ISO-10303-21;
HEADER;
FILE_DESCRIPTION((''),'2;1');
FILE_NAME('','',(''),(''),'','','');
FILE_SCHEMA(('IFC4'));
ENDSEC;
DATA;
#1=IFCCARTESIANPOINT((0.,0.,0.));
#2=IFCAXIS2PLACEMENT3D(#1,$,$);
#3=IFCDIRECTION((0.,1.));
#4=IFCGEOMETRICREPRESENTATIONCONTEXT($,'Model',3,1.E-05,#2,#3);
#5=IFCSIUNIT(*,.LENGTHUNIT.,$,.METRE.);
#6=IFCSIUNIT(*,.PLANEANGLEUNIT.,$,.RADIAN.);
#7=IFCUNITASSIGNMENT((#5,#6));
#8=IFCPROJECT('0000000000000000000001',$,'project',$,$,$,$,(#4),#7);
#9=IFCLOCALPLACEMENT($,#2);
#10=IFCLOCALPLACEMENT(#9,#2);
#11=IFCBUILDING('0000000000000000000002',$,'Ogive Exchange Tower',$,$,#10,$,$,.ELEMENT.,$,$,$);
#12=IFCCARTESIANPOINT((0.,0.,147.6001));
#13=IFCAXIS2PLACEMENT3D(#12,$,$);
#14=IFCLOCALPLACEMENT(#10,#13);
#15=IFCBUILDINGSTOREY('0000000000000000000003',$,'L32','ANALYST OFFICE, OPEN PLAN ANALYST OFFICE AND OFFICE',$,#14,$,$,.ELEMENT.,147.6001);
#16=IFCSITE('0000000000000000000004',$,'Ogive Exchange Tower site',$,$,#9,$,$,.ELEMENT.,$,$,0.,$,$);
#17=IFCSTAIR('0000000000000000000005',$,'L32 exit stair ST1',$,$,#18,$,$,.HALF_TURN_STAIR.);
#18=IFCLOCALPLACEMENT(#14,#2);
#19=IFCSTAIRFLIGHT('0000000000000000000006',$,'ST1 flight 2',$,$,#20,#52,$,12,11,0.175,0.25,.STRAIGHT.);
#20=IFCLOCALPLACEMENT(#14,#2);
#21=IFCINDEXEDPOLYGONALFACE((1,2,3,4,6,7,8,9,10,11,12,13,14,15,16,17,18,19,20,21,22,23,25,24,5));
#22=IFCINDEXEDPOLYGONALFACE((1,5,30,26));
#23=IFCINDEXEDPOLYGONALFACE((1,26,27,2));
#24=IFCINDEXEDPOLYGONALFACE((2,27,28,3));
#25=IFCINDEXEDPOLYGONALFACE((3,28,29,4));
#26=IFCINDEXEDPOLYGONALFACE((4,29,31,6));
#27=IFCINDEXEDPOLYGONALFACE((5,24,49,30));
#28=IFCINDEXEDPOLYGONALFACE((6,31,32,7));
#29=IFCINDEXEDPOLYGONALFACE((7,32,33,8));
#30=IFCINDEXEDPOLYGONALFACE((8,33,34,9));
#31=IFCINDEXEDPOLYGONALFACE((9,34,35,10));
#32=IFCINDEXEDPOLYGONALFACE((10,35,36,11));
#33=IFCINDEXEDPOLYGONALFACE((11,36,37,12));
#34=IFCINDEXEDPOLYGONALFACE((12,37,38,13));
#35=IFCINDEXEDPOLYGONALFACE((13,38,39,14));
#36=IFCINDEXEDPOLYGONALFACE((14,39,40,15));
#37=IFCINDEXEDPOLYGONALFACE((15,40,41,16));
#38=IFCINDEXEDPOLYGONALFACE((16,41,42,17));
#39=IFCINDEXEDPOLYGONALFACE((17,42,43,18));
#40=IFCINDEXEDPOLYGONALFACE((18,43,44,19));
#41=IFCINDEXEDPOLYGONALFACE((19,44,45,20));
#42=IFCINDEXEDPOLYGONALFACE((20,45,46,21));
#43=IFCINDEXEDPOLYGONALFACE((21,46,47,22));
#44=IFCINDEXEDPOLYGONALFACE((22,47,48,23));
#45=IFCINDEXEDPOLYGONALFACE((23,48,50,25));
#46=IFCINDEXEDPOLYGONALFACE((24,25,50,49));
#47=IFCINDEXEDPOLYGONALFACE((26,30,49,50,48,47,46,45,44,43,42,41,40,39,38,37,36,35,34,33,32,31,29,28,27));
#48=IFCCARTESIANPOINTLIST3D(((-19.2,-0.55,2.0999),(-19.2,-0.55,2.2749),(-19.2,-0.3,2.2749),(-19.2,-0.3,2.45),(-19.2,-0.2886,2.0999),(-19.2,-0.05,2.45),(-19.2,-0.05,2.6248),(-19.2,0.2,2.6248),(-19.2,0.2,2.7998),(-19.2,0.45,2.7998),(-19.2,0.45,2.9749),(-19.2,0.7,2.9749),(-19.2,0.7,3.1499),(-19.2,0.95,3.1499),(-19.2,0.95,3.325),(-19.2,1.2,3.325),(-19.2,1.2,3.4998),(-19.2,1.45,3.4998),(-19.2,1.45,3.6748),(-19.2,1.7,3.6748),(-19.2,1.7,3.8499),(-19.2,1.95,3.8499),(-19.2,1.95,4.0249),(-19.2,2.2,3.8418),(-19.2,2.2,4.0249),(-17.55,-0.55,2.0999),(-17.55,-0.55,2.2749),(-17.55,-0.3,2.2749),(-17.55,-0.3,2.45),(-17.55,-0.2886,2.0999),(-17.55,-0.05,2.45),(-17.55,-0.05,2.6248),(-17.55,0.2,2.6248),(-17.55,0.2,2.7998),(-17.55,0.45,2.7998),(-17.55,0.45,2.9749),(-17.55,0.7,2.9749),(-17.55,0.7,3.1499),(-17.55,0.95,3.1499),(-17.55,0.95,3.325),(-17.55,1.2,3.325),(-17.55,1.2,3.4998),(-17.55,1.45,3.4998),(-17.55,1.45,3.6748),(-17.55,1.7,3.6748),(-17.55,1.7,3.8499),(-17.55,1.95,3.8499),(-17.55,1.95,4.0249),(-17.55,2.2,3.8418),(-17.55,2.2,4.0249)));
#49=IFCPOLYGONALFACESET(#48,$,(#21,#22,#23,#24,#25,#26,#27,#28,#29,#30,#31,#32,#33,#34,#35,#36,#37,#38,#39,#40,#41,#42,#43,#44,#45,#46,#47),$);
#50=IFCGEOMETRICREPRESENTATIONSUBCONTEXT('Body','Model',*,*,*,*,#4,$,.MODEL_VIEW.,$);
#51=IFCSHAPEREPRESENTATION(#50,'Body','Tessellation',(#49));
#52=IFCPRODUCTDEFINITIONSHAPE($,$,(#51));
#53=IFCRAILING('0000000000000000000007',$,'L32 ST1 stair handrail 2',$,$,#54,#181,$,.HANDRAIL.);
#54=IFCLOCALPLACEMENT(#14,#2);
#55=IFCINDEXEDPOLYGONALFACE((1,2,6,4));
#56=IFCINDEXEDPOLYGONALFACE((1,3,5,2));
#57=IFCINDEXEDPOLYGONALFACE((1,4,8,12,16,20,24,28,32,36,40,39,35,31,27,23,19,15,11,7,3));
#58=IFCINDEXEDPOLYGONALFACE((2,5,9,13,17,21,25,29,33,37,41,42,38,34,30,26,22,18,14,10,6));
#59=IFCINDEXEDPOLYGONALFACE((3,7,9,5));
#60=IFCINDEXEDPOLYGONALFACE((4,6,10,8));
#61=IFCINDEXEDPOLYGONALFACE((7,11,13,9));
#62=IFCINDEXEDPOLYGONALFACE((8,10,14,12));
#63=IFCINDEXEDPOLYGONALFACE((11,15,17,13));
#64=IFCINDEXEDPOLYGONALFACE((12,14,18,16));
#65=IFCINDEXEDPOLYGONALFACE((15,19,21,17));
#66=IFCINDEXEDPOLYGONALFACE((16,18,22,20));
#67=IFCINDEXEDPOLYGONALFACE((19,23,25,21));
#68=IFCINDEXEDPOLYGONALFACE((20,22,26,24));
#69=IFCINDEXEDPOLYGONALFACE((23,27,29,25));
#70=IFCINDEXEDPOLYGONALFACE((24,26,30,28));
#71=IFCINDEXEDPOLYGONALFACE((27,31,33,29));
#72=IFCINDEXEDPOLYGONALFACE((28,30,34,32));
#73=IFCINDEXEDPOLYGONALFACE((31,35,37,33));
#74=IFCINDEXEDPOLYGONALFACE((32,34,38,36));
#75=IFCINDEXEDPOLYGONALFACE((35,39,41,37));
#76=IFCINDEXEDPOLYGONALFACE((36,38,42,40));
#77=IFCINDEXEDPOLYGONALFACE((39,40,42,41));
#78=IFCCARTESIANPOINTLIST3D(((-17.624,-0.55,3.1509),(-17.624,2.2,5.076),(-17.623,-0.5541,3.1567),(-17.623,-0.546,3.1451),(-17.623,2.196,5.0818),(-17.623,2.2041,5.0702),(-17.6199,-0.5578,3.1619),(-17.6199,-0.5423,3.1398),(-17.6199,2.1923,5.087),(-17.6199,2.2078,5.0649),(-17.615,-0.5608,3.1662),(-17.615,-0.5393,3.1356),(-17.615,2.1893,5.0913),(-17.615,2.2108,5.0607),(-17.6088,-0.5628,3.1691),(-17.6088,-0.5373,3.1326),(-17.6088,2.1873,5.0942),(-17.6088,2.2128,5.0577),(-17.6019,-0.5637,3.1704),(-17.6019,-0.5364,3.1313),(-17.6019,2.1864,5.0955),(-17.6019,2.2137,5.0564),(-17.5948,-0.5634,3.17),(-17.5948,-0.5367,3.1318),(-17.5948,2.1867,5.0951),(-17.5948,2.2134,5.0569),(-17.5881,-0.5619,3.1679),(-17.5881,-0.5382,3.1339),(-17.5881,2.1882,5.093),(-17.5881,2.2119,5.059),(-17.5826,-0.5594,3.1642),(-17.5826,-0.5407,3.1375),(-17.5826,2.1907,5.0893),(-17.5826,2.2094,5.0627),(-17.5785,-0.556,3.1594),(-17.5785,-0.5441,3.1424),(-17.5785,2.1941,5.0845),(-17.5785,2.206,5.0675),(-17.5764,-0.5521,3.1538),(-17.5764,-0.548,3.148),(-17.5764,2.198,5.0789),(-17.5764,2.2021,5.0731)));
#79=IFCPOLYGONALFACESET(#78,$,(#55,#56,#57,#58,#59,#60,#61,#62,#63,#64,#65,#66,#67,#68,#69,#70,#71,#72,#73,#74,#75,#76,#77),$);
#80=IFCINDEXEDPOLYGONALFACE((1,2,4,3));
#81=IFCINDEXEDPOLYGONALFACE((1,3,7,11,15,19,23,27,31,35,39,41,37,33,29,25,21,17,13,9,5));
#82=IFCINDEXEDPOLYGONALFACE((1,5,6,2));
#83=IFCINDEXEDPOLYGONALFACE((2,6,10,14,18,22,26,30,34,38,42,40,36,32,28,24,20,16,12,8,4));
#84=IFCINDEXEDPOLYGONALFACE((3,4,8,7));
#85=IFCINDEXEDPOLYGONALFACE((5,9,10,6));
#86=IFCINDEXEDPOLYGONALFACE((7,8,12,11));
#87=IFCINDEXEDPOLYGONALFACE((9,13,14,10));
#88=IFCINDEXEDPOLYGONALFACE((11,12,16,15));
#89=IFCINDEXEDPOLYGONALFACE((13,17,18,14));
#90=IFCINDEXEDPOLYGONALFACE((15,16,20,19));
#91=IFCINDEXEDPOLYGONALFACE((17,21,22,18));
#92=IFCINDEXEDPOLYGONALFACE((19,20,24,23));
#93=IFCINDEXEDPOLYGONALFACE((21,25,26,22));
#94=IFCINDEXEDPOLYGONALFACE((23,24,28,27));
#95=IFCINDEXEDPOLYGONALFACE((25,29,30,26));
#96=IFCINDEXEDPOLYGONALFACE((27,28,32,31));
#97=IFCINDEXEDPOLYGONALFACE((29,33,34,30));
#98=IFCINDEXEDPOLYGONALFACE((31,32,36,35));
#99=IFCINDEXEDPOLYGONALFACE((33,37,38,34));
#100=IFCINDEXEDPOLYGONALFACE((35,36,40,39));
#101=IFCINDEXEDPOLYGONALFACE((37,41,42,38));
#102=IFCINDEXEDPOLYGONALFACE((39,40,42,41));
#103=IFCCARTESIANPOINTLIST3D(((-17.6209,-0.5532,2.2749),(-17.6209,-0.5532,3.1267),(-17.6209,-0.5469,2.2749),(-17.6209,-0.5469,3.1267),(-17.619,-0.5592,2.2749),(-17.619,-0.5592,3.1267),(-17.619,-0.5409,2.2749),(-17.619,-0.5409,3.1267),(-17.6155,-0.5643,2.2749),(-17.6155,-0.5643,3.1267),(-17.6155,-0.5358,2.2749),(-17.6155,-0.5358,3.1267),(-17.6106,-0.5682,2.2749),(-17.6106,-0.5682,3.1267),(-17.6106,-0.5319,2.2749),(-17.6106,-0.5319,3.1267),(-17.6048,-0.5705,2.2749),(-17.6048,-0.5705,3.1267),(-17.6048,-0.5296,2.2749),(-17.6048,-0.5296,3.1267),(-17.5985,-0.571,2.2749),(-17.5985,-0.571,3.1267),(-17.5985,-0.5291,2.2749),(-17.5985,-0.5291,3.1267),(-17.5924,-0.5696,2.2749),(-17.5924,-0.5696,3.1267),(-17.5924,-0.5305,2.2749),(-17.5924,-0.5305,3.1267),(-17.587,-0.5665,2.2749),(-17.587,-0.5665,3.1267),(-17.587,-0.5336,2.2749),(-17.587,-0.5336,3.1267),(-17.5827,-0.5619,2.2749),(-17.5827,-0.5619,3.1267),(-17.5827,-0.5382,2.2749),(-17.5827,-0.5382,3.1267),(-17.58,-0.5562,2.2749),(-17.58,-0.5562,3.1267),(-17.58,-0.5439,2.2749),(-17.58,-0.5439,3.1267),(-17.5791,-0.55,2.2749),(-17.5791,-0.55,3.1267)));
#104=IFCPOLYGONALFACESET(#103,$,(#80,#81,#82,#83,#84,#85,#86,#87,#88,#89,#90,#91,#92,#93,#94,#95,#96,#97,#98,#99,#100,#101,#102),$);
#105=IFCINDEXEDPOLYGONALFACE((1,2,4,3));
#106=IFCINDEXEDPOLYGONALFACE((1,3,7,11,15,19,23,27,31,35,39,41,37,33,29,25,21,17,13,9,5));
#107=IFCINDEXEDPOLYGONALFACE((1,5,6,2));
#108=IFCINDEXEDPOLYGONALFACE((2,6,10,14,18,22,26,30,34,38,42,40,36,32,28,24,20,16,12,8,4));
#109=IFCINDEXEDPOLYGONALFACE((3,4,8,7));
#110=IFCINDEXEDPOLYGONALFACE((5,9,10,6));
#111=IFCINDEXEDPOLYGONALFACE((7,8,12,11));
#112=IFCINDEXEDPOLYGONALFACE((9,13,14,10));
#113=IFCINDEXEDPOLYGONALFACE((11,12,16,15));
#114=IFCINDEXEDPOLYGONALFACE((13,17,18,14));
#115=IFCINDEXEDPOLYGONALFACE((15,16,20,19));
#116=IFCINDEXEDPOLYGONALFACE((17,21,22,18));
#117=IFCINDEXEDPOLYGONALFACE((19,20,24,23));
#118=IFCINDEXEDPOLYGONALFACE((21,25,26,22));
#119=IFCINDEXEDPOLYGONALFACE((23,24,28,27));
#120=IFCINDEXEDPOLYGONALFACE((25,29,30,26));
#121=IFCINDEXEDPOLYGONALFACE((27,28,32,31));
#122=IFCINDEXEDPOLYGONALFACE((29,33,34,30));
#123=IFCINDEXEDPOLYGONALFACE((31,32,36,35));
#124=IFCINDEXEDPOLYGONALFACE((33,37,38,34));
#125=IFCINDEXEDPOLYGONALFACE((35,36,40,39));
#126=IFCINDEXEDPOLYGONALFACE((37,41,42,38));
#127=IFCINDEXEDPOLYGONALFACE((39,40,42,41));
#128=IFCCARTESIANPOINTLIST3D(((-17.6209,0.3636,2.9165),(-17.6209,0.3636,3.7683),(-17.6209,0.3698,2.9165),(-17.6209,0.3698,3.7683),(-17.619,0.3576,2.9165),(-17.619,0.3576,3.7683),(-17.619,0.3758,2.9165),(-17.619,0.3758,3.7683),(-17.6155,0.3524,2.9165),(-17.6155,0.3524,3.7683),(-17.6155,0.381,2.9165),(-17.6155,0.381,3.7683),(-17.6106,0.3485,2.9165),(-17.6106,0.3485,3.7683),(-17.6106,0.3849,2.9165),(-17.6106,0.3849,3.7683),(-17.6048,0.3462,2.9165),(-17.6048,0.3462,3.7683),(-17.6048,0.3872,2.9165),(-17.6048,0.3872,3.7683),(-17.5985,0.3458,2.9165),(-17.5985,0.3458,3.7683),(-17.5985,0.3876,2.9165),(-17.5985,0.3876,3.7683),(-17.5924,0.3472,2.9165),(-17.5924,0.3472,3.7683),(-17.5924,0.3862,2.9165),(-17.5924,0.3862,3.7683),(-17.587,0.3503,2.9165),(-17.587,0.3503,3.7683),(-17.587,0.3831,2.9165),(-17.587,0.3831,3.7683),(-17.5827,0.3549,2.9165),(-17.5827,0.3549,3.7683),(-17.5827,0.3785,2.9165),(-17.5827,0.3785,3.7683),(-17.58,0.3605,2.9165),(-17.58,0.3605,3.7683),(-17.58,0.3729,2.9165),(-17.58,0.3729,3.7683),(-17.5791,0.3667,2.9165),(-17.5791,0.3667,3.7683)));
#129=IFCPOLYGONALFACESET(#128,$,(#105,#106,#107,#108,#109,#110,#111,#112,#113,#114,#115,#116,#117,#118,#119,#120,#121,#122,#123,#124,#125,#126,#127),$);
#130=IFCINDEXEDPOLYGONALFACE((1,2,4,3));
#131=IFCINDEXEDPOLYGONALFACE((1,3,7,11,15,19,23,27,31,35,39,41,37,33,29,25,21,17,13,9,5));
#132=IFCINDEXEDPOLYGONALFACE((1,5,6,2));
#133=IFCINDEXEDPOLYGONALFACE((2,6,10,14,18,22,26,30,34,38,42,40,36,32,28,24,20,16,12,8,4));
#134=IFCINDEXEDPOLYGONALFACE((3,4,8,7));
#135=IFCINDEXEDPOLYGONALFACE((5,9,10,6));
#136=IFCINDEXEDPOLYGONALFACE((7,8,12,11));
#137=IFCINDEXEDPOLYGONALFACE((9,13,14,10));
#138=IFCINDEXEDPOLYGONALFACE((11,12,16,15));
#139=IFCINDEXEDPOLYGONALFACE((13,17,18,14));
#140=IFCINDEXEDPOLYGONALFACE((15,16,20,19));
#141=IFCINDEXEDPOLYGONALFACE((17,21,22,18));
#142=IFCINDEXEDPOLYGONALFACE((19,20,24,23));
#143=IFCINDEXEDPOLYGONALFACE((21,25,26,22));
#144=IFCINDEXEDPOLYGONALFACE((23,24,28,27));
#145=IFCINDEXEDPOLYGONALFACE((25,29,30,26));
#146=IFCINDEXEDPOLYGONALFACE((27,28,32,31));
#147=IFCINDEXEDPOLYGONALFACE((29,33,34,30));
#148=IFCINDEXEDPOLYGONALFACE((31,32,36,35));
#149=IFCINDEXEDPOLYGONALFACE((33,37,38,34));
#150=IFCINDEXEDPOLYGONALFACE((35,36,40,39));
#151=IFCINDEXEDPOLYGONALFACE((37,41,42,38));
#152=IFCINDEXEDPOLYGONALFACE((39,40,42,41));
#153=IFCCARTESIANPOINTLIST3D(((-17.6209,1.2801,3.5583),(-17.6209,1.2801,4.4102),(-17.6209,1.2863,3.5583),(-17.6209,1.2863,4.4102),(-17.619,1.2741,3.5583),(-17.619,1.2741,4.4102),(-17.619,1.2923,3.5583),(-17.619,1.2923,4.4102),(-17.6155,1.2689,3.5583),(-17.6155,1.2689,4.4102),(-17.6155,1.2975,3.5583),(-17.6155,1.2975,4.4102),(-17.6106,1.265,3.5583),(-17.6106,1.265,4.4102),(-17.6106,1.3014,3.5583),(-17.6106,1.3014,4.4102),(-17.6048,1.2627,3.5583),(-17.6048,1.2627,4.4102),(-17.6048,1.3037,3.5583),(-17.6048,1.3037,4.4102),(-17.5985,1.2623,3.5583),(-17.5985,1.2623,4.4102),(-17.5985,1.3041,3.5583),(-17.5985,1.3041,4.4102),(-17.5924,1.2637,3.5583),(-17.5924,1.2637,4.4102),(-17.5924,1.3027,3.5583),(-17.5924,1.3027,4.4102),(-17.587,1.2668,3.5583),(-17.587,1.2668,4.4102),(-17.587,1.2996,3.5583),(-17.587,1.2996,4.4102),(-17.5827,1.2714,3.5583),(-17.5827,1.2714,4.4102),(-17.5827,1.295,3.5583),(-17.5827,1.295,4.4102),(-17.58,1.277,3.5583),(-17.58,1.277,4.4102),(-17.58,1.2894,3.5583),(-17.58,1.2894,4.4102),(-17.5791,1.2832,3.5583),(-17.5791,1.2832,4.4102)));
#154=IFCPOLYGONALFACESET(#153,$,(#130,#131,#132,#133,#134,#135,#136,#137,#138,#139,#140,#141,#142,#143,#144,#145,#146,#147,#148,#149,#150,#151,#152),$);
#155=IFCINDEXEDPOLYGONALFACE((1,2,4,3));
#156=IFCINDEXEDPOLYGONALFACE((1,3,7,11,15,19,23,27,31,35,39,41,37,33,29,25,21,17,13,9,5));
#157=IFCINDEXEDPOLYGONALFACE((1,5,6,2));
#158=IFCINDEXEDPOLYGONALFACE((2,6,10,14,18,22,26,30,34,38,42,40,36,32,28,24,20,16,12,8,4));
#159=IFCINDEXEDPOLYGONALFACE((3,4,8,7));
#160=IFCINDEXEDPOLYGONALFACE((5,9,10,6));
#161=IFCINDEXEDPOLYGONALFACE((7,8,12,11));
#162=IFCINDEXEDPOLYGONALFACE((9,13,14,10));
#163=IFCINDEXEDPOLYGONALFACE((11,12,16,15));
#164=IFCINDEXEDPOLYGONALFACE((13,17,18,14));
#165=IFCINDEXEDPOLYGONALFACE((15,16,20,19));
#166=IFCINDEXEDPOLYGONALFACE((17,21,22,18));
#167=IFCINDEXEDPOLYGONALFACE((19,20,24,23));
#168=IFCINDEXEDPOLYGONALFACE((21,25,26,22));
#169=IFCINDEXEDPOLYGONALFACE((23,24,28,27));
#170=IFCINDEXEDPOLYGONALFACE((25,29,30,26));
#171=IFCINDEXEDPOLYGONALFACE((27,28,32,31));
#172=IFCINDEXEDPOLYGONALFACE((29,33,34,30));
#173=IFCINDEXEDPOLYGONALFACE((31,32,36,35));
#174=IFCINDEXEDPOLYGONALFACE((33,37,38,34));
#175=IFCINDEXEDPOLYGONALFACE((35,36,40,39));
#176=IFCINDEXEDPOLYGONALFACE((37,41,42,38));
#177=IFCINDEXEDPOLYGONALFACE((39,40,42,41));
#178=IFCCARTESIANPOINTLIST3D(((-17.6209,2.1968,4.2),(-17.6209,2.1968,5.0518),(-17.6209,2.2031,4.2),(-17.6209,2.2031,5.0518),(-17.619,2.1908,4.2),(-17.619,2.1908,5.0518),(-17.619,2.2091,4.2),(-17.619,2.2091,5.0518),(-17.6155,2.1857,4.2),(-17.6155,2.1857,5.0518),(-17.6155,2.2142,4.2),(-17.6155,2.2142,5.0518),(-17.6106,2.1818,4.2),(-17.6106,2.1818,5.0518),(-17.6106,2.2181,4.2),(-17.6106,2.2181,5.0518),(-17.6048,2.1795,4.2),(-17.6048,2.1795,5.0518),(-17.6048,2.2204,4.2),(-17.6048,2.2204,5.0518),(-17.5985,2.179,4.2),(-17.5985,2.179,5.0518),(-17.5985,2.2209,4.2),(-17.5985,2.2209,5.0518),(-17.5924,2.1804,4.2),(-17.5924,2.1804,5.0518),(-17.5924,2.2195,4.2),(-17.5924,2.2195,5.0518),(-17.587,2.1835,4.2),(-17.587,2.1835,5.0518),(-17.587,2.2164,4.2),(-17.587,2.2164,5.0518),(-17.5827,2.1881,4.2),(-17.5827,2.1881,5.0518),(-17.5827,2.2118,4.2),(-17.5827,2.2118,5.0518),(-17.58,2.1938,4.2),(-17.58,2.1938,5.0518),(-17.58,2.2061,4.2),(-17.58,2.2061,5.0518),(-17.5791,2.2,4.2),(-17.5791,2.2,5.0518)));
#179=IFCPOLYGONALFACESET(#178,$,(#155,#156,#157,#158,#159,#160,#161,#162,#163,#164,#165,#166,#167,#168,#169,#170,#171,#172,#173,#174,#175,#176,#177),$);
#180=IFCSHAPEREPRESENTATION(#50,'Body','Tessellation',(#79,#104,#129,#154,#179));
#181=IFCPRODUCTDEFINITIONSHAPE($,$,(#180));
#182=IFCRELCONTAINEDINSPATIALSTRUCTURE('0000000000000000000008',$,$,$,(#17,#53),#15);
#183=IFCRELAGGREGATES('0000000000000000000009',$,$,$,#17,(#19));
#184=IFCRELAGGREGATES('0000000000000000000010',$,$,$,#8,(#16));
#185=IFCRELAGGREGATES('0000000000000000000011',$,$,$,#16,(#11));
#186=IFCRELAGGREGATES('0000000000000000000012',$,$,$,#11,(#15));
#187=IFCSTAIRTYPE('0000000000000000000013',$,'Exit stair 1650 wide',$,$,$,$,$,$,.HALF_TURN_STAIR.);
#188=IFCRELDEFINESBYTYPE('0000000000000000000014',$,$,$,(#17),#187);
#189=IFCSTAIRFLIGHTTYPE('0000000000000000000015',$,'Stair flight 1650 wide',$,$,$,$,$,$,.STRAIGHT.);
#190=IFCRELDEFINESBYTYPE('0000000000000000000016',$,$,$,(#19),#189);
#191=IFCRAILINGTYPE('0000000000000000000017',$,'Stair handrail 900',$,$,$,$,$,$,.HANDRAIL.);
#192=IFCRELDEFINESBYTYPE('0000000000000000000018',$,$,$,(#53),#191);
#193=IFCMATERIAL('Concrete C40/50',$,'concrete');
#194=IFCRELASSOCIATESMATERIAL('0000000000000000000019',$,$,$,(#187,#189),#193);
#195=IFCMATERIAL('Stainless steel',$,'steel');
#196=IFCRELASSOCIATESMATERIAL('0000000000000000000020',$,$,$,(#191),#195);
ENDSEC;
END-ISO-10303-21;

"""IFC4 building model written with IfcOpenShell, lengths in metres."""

from ifc_helpers import new_model, si_unit, direction, frame, origin, origin_2d, place, context, subcontext, project, spatial, polyline, circle, outline, extrude, material, type_object, element, aggregate, save


model = new_model("IFC4")

# Units and contexts
model_context = context("Model", 3, precision=1e-05, world=origin(), true_north=direction((0.0, 1.0)))
body_context = subcontext(model_context, "Body", "Model", "MODEL_VIEW")
ifc_project = project(units=[si_unit("LENGTHUNIT", "METRE"), si_unit("PLANEANGLEUNIT", "RADIAN")], contexts=[model_context])

# Site, building, storey
site_placement = place(None, origin())
site = spatial("IfcSite", under=ifc_project, at=site_placement, Name="Ogive Exchange Tower site", CompositionType="ELEMENT", RefElevation=0.0)
building_placement = place(site_placement, origin())
building = spatial("IfcBuilding", under=site, at=building_placement, Name="Ogive Exchange Tower", CompositionType="ELEMENT")
storey_placement = place(building_placement, frame((0.0, 0.0, 147.6001)))
storey = spatial("IfcBuildingStorey", under=building, at=storey_placement, Name="L32", Description="ANALYST OFFICE, OPEN PLAN ANALYST OFFICE AND OFFICE", CompositionType="ELEMENT", Elevation=147.6001)

# Shared definitions
ifc_material_1 = material(Name="Stainless steel", Category="steel")

# Stair, stair flight
ifc_material_2 = material(Name="Concrete C40/50", Category="concrete")
stair_type = type_object("IfcStairType", Name="Exit stair 1650 wide", PredefinedType="HALF_TURN_STAIR", material=ifc_material_2)
stair_placement = place(storey_placement, origin())
stair = element("IfcStair", 1, at=stair_placement, inside=storey, type_object=stair_type, Name="L32 exit stair ST1", PredefinedType="HALF_TURN_STAIR")
stair_flight_type = type_object("IfcStairFlightType", Name="Stair flight 1650 wide", PredefinedType="STRAIGHT", material=ifc_material_2)
stair_flight_placement = place(storey_placement, frame((-18.375, -0.55, 2.0999), z_axis=(0.0, 0.0, 1.0), x_axis=(0.0, 1.0, 0.0)))
stair_flight = element("IfcStairFlight", 2, at=stair_flight_placement, type_object=stair_flight_type, Name="ST1 flight 2", NumberOfRisers=12, NumberOfTreads=11, PredefinedType="STRAIGHT", RiserHeight=0.175, TreadLength=0.25, context=body_context, shape_type="SweptSolid", body=[
    extrude(outline(polyline([(0.0, 0.0), (0.0, 0.175), (0.25, 0.175), (0.25, 0.3501), (0.5, 0.3501), (0.5, 0.5249), (0.75, 0.5249), (0.75, 0.7), (1.0, 0.7), (1.0, 0.875), (1.25, 0.875), (1.25, 1.05), (1.5, 1.05), (1.5, 1.2251), (1.75, 1.2251), (1.75, 1.3999), (2.0, 1.3999), (2.0, 1.575), (2.25, 1.575), (2.25, 1.75), (2.5, 1.75), (2.5, 1.925), (2.75, 1.925), (2.75, 2.1001), (2.75, 1.7419), (0.2615, 0.0), (0.0, 0.0)])), frame((0.0, 0.825, 0.0), z_axis=(0.0, -1.0, 0.0), x_axis=(1.0, 0.0, 0.0)), (0.0, 0.0, 1.0), 1.6499),
])
aggregate(stair, [stair_flight])

# Railing
railing_type = type_object("IfcRailingType", Name="Stair handrail 900", PredefinedType="HANDRAIL", material=ifc_material_1)
railing_placement = place(storey_placement, frame((-17.6001, -0.55, 2.2749)))
element("IfcRailing", 3, at=railing_placement, inside=storey, type_object=railing_type, Name="L32 ST1 stair handrail 2", PredefinedType="HANDRAIL", context=body_context, shape_type="SweptSolid", body=[
    extrude(circle(Radius=0.0239, at=origin_2d()), frame((0.0, 0.0, 0.876), z_axis=(0.0, 0.819225, 0.573472), x_axis=(-1.0, 0.0, 0.0)), (0.0, 0.0, 1.0), 3.3569),
    extrude(circle(Radius=0.021, at=origin_2d()), origin(), (0.0, 0.0, 1.0), 0.8518),
    extrude(circle(Radius=0.021, at=origin_2d()), frame((0.0, 0.9167, 0.6416)), (0.0, 0.0, 1.0), 0.8518),
    extrude(circle(Radius=0.021, at=origin_2d()), frame((0.0, 1.8333, 1.2834)), (0.0, 0.0, 1.0), 0.8518),
    extrude(circle(Radius=0.021, at=origin_2d()), frame((0.0, 2.75, 1.925)), (0.0, 0.0, 1.0), 0.8518),
])

save(model, "model.ifc")
